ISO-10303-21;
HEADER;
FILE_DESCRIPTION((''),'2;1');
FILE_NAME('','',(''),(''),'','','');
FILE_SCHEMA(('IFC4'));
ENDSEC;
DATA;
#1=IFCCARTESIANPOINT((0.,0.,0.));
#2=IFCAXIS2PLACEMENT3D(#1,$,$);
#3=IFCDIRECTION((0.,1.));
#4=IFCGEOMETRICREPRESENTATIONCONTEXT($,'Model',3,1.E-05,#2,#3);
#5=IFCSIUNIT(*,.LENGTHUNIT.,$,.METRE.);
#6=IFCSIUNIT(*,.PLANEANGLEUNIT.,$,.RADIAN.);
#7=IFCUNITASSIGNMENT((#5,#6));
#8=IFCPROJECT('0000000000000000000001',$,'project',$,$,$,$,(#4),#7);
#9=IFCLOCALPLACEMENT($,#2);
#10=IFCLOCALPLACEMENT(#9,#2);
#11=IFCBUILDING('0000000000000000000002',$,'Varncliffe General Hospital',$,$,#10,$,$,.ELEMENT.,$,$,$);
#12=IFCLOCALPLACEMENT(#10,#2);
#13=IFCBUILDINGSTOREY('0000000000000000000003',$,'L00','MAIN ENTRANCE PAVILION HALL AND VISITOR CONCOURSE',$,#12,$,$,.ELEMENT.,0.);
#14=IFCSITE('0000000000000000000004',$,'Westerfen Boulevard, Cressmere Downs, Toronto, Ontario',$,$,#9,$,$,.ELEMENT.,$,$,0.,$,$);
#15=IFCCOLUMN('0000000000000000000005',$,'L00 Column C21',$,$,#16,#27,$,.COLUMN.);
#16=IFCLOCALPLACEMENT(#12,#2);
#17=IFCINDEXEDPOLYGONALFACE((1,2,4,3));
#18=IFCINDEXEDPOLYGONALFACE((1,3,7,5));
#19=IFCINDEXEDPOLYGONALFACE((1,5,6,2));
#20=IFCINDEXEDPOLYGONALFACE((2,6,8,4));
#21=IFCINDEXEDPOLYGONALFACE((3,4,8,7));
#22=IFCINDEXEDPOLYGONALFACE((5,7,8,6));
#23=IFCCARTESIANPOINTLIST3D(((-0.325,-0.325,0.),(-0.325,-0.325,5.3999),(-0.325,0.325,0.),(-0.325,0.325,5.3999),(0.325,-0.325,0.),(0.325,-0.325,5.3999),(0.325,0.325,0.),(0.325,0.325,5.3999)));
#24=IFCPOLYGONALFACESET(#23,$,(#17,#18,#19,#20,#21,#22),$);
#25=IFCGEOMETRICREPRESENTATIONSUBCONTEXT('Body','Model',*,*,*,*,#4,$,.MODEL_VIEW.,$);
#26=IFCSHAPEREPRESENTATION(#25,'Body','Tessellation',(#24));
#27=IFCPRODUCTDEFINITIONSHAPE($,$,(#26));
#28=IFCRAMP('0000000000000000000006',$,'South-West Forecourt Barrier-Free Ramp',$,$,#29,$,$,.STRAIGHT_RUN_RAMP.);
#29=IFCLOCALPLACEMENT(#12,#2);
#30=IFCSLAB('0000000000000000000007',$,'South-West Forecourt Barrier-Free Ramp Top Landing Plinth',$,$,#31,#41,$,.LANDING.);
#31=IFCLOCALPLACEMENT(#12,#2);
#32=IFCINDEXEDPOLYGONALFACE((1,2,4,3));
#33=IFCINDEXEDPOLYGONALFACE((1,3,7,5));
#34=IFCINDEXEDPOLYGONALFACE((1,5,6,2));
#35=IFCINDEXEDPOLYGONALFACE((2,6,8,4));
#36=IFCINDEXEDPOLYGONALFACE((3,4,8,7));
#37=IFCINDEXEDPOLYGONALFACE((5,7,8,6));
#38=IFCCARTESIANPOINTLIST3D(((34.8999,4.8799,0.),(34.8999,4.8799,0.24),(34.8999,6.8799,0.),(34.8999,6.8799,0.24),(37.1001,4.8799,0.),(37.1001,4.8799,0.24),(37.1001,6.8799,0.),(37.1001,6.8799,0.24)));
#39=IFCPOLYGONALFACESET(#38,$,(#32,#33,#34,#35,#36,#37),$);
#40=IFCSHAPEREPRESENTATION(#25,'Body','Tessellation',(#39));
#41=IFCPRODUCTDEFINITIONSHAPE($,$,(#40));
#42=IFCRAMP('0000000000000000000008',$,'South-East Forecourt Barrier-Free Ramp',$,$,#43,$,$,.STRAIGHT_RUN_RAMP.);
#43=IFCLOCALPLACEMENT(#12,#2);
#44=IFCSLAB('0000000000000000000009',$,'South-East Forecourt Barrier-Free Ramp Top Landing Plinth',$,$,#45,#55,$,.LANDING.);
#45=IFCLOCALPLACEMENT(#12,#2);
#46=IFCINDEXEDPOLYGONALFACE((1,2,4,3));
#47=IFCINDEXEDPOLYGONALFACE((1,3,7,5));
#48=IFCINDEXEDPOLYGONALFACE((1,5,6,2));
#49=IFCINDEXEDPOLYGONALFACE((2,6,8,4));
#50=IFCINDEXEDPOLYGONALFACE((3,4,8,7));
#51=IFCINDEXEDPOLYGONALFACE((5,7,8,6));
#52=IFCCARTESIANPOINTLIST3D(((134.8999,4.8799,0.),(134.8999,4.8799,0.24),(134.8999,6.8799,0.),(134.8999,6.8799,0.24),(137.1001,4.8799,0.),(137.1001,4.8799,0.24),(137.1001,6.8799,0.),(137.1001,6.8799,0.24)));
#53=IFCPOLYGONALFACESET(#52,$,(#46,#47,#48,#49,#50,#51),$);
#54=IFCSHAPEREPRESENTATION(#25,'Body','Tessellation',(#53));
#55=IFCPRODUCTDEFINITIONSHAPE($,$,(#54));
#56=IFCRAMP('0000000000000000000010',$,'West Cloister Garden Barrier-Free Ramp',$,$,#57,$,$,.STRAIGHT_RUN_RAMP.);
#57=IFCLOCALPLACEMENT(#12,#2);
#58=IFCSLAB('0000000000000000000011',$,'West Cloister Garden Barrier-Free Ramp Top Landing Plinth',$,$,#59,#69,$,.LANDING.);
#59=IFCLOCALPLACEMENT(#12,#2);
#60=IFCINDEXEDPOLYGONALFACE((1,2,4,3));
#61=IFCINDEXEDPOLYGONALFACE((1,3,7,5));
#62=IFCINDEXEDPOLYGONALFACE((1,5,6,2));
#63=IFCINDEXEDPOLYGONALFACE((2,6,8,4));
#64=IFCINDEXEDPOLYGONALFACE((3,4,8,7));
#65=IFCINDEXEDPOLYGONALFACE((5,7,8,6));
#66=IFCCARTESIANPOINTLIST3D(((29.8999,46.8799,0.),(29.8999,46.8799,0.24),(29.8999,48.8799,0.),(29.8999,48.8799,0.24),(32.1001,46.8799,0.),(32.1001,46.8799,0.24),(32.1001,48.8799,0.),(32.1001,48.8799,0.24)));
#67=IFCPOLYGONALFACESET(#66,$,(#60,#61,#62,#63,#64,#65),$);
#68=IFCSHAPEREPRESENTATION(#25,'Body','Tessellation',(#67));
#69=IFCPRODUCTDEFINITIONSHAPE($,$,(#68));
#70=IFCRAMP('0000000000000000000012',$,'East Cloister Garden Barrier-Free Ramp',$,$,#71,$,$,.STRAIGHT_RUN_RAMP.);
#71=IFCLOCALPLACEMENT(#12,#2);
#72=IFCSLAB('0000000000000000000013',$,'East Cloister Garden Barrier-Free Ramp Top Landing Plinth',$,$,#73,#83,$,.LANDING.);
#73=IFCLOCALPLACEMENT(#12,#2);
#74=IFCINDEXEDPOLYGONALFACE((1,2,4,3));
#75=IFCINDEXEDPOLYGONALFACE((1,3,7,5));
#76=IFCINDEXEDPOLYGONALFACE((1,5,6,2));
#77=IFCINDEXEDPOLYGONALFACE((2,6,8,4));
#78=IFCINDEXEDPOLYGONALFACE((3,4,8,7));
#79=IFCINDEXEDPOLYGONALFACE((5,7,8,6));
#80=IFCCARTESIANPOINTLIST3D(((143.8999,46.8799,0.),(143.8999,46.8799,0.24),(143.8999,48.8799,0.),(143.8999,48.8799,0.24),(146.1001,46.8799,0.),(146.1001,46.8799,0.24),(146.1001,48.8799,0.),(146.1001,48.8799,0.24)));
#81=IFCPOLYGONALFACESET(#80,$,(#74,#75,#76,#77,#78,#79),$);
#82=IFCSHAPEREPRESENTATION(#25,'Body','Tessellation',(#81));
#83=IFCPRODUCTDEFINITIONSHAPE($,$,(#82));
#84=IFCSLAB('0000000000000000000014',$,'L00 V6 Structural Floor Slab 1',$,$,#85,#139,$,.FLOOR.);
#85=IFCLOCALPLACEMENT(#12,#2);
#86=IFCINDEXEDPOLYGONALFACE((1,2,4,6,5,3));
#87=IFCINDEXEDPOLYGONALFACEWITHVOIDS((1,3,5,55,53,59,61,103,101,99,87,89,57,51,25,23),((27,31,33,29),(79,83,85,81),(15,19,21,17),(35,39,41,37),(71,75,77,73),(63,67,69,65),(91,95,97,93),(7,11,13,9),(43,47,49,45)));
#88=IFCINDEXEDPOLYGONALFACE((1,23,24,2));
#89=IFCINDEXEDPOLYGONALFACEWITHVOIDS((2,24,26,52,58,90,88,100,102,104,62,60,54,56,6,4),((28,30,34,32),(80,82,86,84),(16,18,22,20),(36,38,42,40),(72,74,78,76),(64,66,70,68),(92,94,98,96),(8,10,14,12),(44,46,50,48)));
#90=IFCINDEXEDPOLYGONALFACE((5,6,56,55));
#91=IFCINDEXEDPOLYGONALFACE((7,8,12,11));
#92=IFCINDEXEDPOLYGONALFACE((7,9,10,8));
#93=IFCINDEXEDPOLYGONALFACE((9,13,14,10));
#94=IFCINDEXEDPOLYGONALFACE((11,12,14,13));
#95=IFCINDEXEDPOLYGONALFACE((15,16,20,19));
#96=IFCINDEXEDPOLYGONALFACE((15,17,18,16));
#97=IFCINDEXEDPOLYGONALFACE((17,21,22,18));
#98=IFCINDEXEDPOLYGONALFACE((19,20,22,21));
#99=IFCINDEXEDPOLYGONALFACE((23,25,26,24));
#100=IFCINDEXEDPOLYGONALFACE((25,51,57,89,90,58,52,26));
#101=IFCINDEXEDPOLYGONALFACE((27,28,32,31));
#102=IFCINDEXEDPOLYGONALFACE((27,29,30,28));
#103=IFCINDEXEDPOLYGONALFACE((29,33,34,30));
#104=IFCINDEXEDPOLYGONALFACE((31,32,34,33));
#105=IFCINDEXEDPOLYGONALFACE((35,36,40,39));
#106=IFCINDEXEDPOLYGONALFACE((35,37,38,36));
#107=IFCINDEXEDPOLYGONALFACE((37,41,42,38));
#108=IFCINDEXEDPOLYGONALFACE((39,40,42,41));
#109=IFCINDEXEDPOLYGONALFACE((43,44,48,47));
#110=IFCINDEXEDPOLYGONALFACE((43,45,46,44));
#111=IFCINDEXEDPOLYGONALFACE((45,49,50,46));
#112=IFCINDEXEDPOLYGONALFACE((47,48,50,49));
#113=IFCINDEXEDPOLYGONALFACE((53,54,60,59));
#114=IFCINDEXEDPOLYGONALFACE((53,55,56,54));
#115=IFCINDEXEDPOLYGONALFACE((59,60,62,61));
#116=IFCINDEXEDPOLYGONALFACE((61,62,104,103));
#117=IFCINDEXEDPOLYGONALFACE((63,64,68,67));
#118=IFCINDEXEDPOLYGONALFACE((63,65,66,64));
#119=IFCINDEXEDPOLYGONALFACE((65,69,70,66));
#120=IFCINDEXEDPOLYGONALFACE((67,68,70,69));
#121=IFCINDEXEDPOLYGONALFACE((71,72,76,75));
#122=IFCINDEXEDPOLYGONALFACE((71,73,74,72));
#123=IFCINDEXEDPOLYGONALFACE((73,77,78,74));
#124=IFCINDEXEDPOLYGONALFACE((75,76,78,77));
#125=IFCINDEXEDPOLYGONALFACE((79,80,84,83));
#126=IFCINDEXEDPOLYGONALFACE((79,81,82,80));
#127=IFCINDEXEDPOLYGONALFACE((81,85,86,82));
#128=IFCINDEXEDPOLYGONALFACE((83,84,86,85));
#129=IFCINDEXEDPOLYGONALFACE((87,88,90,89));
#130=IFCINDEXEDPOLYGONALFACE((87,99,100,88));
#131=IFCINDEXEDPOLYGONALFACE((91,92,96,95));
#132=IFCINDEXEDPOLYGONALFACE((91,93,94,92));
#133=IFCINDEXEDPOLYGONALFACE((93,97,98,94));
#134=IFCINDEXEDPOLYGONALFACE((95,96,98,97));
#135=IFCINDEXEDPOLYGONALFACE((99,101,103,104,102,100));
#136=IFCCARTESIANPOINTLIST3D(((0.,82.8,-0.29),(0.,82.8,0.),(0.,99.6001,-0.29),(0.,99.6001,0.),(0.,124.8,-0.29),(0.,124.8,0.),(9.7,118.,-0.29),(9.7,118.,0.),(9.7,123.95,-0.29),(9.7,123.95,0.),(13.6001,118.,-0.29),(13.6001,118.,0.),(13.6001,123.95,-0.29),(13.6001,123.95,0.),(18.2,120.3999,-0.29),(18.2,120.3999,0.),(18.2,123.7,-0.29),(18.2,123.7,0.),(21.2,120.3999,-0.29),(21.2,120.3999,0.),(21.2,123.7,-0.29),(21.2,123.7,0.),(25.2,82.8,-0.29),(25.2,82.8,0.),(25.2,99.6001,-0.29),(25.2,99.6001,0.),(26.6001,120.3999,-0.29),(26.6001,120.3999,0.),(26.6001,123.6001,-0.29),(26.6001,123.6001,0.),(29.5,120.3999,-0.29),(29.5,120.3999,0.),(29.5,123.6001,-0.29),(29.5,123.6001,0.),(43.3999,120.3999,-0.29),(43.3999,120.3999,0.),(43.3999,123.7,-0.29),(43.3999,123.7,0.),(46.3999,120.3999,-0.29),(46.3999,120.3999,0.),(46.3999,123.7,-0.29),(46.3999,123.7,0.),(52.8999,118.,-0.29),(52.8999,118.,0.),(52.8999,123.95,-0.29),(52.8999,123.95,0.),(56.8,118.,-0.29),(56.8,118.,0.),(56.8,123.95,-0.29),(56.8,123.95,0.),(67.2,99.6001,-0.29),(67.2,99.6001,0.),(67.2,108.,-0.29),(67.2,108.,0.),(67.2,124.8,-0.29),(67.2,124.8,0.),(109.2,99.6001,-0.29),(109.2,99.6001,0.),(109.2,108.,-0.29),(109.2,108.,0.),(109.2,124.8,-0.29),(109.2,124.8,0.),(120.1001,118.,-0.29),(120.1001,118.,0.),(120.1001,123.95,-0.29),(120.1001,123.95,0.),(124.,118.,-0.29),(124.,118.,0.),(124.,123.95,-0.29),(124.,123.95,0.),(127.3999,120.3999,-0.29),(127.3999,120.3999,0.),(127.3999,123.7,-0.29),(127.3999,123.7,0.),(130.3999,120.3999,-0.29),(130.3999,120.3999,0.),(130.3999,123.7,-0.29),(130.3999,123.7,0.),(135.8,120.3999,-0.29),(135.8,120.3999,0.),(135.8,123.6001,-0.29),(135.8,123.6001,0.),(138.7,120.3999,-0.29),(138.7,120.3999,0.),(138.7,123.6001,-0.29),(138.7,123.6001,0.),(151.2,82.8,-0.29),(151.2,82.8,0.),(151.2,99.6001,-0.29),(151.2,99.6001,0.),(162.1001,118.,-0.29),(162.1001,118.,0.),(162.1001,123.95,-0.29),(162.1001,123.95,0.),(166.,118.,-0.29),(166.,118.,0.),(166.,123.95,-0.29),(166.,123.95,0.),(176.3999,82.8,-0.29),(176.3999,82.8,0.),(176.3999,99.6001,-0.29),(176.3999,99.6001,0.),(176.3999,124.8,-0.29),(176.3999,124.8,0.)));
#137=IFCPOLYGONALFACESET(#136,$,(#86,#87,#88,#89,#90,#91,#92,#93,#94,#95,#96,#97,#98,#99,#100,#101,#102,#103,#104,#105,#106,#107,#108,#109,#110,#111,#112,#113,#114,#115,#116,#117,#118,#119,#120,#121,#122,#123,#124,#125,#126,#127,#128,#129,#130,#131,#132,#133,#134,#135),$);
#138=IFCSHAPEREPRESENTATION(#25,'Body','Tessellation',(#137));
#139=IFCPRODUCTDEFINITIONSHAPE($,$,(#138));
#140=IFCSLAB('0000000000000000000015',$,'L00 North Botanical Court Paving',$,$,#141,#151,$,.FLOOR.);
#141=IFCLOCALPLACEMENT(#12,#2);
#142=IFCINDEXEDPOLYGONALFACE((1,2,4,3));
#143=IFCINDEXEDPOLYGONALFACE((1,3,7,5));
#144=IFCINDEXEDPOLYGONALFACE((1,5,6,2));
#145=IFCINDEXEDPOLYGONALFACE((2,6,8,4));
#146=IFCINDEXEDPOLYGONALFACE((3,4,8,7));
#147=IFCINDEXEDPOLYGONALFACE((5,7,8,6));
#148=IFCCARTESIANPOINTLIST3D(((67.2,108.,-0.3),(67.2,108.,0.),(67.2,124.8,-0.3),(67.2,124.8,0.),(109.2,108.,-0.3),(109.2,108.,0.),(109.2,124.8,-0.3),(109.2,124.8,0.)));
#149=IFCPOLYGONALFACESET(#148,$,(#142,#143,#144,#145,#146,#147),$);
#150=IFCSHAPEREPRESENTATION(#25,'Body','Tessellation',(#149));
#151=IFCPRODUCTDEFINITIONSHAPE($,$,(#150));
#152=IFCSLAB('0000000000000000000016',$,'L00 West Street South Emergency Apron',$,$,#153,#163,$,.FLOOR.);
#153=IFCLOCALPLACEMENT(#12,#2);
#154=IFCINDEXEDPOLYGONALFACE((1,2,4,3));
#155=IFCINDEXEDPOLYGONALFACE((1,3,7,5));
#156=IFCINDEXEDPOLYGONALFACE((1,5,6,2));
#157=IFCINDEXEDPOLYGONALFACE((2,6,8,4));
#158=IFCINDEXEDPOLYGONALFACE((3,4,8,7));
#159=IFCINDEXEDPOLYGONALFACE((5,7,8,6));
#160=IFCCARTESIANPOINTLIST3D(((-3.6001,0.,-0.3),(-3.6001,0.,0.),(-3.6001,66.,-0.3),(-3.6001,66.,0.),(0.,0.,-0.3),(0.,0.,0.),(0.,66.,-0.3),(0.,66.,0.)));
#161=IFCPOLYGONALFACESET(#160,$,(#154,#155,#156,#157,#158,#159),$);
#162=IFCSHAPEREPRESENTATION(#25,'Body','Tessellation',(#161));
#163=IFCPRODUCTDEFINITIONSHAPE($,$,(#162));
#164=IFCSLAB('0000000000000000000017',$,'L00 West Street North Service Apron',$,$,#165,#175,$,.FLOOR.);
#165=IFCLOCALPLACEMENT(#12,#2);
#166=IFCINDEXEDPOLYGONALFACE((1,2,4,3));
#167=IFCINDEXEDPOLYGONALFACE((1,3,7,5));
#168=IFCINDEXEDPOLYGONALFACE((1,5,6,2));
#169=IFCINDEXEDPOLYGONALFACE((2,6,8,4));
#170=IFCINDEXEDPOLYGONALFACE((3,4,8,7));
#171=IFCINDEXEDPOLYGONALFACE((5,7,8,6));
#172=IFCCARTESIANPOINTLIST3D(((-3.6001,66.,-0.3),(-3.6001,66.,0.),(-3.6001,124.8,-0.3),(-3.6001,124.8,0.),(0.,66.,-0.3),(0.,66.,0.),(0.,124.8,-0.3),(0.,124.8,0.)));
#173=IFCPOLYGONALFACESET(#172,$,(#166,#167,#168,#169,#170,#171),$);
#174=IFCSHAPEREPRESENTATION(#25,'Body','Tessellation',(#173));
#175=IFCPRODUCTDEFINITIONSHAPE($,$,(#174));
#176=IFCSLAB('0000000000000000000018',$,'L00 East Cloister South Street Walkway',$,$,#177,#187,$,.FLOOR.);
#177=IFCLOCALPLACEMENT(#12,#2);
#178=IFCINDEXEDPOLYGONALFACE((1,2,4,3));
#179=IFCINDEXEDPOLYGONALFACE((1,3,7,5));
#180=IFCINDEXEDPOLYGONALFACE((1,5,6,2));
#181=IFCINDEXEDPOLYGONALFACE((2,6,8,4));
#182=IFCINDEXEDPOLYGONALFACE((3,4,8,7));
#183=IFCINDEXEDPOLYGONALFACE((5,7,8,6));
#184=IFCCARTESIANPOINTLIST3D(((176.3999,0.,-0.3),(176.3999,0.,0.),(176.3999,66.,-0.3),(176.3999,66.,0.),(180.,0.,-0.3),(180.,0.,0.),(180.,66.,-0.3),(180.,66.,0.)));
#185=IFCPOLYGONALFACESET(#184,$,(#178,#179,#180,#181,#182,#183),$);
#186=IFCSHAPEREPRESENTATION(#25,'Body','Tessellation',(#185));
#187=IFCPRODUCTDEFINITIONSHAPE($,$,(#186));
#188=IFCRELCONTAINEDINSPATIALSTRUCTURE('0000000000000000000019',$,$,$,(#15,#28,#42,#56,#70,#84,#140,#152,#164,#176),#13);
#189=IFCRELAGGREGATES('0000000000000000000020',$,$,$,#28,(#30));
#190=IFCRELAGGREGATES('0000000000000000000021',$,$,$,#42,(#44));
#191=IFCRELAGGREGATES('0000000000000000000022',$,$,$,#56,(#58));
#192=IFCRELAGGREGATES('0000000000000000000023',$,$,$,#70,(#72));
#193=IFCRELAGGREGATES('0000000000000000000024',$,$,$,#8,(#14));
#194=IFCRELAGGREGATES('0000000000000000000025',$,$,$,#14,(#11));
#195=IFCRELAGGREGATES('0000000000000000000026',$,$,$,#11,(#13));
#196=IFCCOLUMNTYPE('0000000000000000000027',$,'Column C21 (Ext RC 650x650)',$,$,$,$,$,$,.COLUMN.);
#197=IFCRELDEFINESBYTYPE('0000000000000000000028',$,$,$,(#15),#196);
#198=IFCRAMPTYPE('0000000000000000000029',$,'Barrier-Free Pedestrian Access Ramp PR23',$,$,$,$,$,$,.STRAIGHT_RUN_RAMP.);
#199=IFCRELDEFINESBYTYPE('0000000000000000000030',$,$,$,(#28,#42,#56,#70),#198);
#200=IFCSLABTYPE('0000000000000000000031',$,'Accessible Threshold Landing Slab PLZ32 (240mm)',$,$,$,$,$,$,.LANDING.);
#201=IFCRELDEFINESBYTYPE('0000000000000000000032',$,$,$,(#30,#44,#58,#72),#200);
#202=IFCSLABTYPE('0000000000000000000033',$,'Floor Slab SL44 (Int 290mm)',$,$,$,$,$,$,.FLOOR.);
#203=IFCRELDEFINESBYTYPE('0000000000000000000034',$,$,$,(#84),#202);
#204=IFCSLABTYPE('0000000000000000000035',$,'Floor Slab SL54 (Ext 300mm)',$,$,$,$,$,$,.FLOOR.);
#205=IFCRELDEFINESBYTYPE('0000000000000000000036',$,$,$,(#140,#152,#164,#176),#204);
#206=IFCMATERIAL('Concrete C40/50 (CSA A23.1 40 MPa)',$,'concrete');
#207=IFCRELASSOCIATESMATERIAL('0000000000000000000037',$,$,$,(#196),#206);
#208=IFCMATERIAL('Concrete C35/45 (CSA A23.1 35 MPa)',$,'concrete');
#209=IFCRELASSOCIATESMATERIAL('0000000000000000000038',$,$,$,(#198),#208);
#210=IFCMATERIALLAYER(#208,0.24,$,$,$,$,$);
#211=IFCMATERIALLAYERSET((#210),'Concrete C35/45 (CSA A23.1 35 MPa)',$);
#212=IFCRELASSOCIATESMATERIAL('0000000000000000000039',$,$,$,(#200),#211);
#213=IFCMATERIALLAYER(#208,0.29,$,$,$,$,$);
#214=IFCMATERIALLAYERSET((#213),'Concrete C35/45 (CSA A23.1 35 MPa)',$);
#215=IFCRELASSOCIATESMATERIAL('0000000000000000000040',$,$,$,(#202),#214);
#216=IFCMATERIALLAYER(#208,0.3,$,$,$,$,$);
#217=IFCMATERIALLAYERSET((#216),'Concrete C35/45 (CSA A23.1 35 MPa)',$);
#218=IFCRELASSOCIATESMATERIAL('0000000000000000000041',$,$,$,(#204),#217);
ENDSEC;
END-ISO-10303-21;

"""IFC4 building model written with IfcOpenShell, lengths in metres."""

from ifc_helpers import new_model, si_unit, direction, frame, origin, origin_with_axes, origin_2d, place, context, subcontext, project, spatial, polyline, rectangle, outline, extrude, material, layer, layer_set, material_profile, profile_set, type_object, element, aggregate, save


model = new_model("IFC4")

# Units and contexts
model_context = context("Model", 3, precision=1e-05, world=origin(), true_north=direction((0.0, 1.0)))
body_context = subcontext(model_context, "Body", "Model", "MODEL_VIEW")
ifc_project = project(units=[si_unit("LENGTHUNIT", "METRE"), si_unit("PLANEANGLEUNIT", "RADIAN")], contexts=[model_context])

# Site, building, storey
site_placement = place(None, origin())
site = spatial("IfcSite", under=ifc_project, at=site_placement, Name="Westerfen Boulevard, Cressmere Downs, Toronto, Ontario", CompositionType="ELEMENT", RefElevation=0.0)
building_placement = place(site_placement, origin())
building = spatial("IfcBuilding", under=site, at=building_placement, Name="Varncliffe General Hospital", CompositionType="ELEMENT")
storey_placement = place(building_placement, origin())
storey = spatial("IfcBuildingStorey", under=building, at=storey_placement, Name="L00", Description="MAIN ENTRANCE PAVILION HALL AND VISITOR CONCOURSE", CompositionType="ELEMENT", Elevation=0.0)

# Column
ifc_material_1 = material(Name="Concrete C40/50 (CSA A23.1 40 MPa)", Category="concrete")
ifc_material_profile = material_profile(ifc_material_1, rectangle(XDim=0.6499, YDim=0.6499, at=origin_2d()), Name="RC 650x650")
ifc_profile_set = profile_set([ifc_material_profile], Name="Concrete C40/50 (CSA A23.1 40 MPa)")
column_type = type_object("IfcColumnType", Name="Column C21 (Ext RC 650x650)", PredefinedType="COLUMN", material=ifc_profile_set)
column_placement = place(storey_placement, origin_with_axes())
element("IfcColumn", 1, at=column_placement, inside=storey, type_object=column_type, Name="L00 Column C21", PredefinedType="COLUMN", context=body_context, shape_type="SweptSolid", body=[
    extrude(rectangle(XDim=0.6499, YDim=0.6499, at=origin_2d()), origin(), (0.0, 0.0, 1.0), 5.3999),
])

# Ramps, slabs
ifc_material_2 = material(Name="Concrete C35/45 (CSA A23.1 35 MPa)", Category="concrete")
ramp_type = type_object("IfcRampType", Name="Barrier-Free Pedestrian Access Ramp PR23", PredefinedType="STRAIGHT_RUN_RAMP", material=ifc_material_2)
ramp_1_placement = place(storey_placement, origin())
ramp_1 = element("IfcRamp", 2, at=ramp_1_placement, inside=storey, type_object=ramp_type, Name="South-West Forecourt Barrier-Free Ramp", PredefinedType="STRAIGHT_RUN_RAMP")
ifc_layer_1 = layer(ifc_material_2, 0.24)
ifc_layer_set_1 = layer_set([ifc_layer_1], Name="Concrete C35/45 (CSA A23.1 35 MPa)")
slab_type_1 = type_object("IfcSlabType", Name="Accessible Threshold Landing Slab PLZ32 (240mm)", PredefinedType="LANDING", material=ifc_layer_set_1)
slab_1_placement = place(storey_placement, origin())
slab_1 = element("IfcSlab", 3, at=slab_1_placement, type_object=slab_type_1, Name="South-West Forecourt Barrier-Free Ramp Top Landing Plinth", PredefinedType="LANDING", context=body_context, shape_type="SweptSolid", body=[
    extrude(outline(polyline([(34.8999, 4.8799), (37.1001, 4.8799), (37.1001, 6.8799), (34.8999, 6.8799), (34.8999, 4.8799)])), origin(), (0.0, 0.0, 1.0), 0.24),
])
aggregate(ramp_1, [slab_1])
ramp_2_placement = place(storey_placement, origin())
ramp_2 = element("IfcRamp", 4, at=ramp_2_placement, inside=storey, type_object=ramp_type, Name="South-East Forecourt Barrier-Free Ramp", PredefinedType="STRAIGHT_RUN_RAMP")
slab_2_placement = place(storey_placement, origin())
slab_2 = element("IfcSlab", 5, at=slab_2_placement, type_object=slab_type_1, Name="South-East Forecourt Barrier-Free Ramp Top Landing Plinth", PredefinedType="LANDING", context=body_context, shape_type="SweptSolid", body=[
    extrude(outline(polyline([(134.8999, 4.8799), (137.1001, 4.8799), (137.1001, 6.8799), (134.8999, 6.8799), (134.8999, 4.8799)])), origin(), (0.0, 0.0, 1.0), 0.24),
])
aggregate(ramp_2, [slab_2])
ramp_3_placement = place(storey_placement, origin())
ramp_3 = element("IfcRamp", 6, at=ramp_3_placement, inside=storey, type_object=ramp_type, Name="West Cloister Garden Barrier-Free Ramp", PredefinedType="STRAIGHT_RUN_RAMP")
slab_3_placement = place(storey_placement, origin())
slab_3 = element("IfcSlab", 7, at=slab_3_placement, type_object=slab_type_1, Name="West Cloister Garden Barrier-Free Ramp Top Landing Plinth", PredefinedType="LANDING", context=body_context, shape_type="SweptSolid", body=[
    extrude(outline(polyline([(29.8999, 46.8799), (32.1001, 46.8799), (32.1001, 48.8799), (29.8999, 48.8799), (29.8999, 46.8799)])), origin(), (0.0, 0.0, 1.0), 0.24),
])
aggregate(ramp_3, [slab_3])
ramp_4_placement = place(storey_placement, origin())
ramp_4 = element("IfcRamp", 8, at=ramp_4_placement, inside=storey, type_object=ramp_type, Name="East Cloister Garden Barrier-Free Ramp", PredefinedType="STRAIGHT_RUN_RAMP")
slab_4_placement = place(storey_placement, origin())
slab_4 = element("IfcSlab", 9, at=slab_4_placement, type_object=slab_type_1, Name="East Cloister Garden Barrier-Free Ramp Top Landing Plinth", PredefinedType="LANDING", context=body_context, shape_type="SweptSolid", body=[
    extrude(outline(polyline([(143.8999, 46.8799), (146.1001, 46.8799), (146.1001, 48.8799), (143.8999, 48.8799), (143.8999, 46.8799)])), origin(), (0.0, 0.0, 1.0), 0.24),
])
aggregate(ramp_4, [slab_4])

# Slabs
ifc_layer_2 = layer(ifc_material_2, 0.29)
ifc_layer_set_2 = layer_set([ifc_layer_2], Name="Concrete C35/45 (CSA A23.1 35 MPa)")
slab_type_2 = type_object("IfcSlabType", Name="Floor Slab SL44 (Int 290mm)", PredefinedType="FLOOR", material=ifc_layer_set_2)
slab_5_placement = place(storey_placement, frame((0.0, 0.0, -0.29)))
element("IfcSlab", 10, at=slab_5_placement, inside=storey, type_object=slab_type_2, Name="L00 V6 Structural Floor Slab 1", PredefinedType="FLOOR", context=body_context, shape_type="SweptSolid", body=[
    extrude(outline(polyline([(0.0, 99.6001), (0.0, 124.8), (67.2, 124.8), (67.2, 108.0), (109.2, 108.0), (109.2, 124.8), (176.3999, 124.8), (176.3999, 99.6001), (176.3999, 82.8), (151.2, 82.8), (151.2, 99.6001), (109.2, 99.6001), (67.2, 99.6001), (25.2, 99.6001), (25.2, 82.8), (0.0, 82.8), (0.0, 99.6001)]), holes=[polyline([(13.6001, 118.0), (13.6001, 123.95), (9.7, 123.95), (9.7, 118.0), (13.6001, 118.0)]), polyline([(56.8, 118.0), (56.8, 123.95), (52.8999, 123.95), (52.8999, 118.0), (56.8, 118.0)]), polyline([(124.0, 118.0), (124.0, 123.95), (120.1001, 123.95), (120.1001, 118.0), (124.0, 118.0)]), polyline([(166.0, 118.0), (166.0, 123.95), (162.1001, 123.95), (162.1001, 118.0), (166.0, 118.0)]), polyline([(18.2, 120.3999), (21.2, 120.3999), (21.2, 123.7), (18.2, 123.7), (18.2, 120.3999)]), polyline([(43.3999, 120.3999), (46.3999, 120.3999), (46.3999, 123.7), (43.3999, 123.7), (43.3999, 120.3999)]), polyline([(127.3999, 120.3999), (130.3999, 120.3999), (130.3999, 123.7), (127.3999, 123.7), (127.3999, 120.3999)]), polyline([(26.6001, 120.3999), (29.5, 120.3999), (29.5, 123.6001), (26.6001, 123.6001), (26.6001, 120.3999)]), polyline([(135.8, 120.3999), (138.7, 120.3999), (138.7, 123.6001), (135.8, 123.6001), (135.8, 120.3999)])]), origin(), (0.0, 0.0, 1.0), 0.29),
])
ifc_layer_3 = layer(ifc_material_2, 0.3)
ifc_layer_set_3 = layer_set([ifc_layer_3], Name="Concrete C35/45 (CSA A23.1 35 MPa)")
slab_type_3 = type_object("IfcSlabType", Name="Floor Slab SL54 (Ext 300mm)", PredefinedType="FLOOR", material=ifc_layer_set_3)
slab_6_placement = place(storey_placement, frame((0.0, 0.0, -0.3)))
element("IfcSlab", 11, at=slab_6_placement, inside=storey, type_object=slab_type_3, Name="L00 North Botanical Court Paving", PredefinedType="FLOOR", context=body_context, shape_type="SweptSolid", body=[
    extrude(outline(polyline([(67.2, 108.0), (109.2, 108.0), (109.2, 124.8), (67.2, 124.8), (67.2, 108.0)])), origin(), (0.0, 0.0, 1.0), 0.3),
])
slab_7_placement = place(storey_placement, frame((0.0, 0.0, -0.3)))
element("IfcSlab", 12, at=slab_7_placement, inside=storey, type_object=slab_type_3, Name="L00 West Street South Emergency Apron", PredefinedType="FLOOR", context=body_context, shape_type="SweptSolid", body=[
    extrude(outline(polyline([(-3.6001, 0.0), (0.0, 0.0), (0.0, 66.0), (-3.6001, 66.0), (-3.6001, 0.0)])), origin(), (0.0, 0.0, 1.0), 0.3),
])
slab_8_placement = place(storey_placement, frame((0.0, 0.0, -0.3)))
element("IfcSlab", 13, at=slab_8_placement, inside=storey, type_object=slab_type_3, Name="L00 West Street North Service Apron", PredefinedType="FLOOR", context=body_context, shape_type="SweptSolid", body=[
    extrude(outline(polyline([(-3.6001, 66.0), (0.0, 66.0), (0.0, 124.8), (-3.6001, 124.8), (-3.6001, 66.0)])), origin(), (0.0, 0.0, 1.0), 0.3),
])
slab_9_placement = place(storey_placement, frame((0.0, 0.0, -0.3)))
element("IfcSlab", 14, at=slab_9_placement, inside=storey, type_object=slab_type_3, Name="L00 East Cloister South Street Walkway", PredefinedType="FLOOR", context=body_context, shape_type="SweptSolid", body=[
    extrude(outline(polyline([(176.3999, 0.0), (180.0, 0.0), (180.0, 66.0), (176.3999, 66.0), (176.3999, 0.0)])), origin(), (0.0, 0.0, 1.0), 0.3),
])

save(model, "model.ifc")
